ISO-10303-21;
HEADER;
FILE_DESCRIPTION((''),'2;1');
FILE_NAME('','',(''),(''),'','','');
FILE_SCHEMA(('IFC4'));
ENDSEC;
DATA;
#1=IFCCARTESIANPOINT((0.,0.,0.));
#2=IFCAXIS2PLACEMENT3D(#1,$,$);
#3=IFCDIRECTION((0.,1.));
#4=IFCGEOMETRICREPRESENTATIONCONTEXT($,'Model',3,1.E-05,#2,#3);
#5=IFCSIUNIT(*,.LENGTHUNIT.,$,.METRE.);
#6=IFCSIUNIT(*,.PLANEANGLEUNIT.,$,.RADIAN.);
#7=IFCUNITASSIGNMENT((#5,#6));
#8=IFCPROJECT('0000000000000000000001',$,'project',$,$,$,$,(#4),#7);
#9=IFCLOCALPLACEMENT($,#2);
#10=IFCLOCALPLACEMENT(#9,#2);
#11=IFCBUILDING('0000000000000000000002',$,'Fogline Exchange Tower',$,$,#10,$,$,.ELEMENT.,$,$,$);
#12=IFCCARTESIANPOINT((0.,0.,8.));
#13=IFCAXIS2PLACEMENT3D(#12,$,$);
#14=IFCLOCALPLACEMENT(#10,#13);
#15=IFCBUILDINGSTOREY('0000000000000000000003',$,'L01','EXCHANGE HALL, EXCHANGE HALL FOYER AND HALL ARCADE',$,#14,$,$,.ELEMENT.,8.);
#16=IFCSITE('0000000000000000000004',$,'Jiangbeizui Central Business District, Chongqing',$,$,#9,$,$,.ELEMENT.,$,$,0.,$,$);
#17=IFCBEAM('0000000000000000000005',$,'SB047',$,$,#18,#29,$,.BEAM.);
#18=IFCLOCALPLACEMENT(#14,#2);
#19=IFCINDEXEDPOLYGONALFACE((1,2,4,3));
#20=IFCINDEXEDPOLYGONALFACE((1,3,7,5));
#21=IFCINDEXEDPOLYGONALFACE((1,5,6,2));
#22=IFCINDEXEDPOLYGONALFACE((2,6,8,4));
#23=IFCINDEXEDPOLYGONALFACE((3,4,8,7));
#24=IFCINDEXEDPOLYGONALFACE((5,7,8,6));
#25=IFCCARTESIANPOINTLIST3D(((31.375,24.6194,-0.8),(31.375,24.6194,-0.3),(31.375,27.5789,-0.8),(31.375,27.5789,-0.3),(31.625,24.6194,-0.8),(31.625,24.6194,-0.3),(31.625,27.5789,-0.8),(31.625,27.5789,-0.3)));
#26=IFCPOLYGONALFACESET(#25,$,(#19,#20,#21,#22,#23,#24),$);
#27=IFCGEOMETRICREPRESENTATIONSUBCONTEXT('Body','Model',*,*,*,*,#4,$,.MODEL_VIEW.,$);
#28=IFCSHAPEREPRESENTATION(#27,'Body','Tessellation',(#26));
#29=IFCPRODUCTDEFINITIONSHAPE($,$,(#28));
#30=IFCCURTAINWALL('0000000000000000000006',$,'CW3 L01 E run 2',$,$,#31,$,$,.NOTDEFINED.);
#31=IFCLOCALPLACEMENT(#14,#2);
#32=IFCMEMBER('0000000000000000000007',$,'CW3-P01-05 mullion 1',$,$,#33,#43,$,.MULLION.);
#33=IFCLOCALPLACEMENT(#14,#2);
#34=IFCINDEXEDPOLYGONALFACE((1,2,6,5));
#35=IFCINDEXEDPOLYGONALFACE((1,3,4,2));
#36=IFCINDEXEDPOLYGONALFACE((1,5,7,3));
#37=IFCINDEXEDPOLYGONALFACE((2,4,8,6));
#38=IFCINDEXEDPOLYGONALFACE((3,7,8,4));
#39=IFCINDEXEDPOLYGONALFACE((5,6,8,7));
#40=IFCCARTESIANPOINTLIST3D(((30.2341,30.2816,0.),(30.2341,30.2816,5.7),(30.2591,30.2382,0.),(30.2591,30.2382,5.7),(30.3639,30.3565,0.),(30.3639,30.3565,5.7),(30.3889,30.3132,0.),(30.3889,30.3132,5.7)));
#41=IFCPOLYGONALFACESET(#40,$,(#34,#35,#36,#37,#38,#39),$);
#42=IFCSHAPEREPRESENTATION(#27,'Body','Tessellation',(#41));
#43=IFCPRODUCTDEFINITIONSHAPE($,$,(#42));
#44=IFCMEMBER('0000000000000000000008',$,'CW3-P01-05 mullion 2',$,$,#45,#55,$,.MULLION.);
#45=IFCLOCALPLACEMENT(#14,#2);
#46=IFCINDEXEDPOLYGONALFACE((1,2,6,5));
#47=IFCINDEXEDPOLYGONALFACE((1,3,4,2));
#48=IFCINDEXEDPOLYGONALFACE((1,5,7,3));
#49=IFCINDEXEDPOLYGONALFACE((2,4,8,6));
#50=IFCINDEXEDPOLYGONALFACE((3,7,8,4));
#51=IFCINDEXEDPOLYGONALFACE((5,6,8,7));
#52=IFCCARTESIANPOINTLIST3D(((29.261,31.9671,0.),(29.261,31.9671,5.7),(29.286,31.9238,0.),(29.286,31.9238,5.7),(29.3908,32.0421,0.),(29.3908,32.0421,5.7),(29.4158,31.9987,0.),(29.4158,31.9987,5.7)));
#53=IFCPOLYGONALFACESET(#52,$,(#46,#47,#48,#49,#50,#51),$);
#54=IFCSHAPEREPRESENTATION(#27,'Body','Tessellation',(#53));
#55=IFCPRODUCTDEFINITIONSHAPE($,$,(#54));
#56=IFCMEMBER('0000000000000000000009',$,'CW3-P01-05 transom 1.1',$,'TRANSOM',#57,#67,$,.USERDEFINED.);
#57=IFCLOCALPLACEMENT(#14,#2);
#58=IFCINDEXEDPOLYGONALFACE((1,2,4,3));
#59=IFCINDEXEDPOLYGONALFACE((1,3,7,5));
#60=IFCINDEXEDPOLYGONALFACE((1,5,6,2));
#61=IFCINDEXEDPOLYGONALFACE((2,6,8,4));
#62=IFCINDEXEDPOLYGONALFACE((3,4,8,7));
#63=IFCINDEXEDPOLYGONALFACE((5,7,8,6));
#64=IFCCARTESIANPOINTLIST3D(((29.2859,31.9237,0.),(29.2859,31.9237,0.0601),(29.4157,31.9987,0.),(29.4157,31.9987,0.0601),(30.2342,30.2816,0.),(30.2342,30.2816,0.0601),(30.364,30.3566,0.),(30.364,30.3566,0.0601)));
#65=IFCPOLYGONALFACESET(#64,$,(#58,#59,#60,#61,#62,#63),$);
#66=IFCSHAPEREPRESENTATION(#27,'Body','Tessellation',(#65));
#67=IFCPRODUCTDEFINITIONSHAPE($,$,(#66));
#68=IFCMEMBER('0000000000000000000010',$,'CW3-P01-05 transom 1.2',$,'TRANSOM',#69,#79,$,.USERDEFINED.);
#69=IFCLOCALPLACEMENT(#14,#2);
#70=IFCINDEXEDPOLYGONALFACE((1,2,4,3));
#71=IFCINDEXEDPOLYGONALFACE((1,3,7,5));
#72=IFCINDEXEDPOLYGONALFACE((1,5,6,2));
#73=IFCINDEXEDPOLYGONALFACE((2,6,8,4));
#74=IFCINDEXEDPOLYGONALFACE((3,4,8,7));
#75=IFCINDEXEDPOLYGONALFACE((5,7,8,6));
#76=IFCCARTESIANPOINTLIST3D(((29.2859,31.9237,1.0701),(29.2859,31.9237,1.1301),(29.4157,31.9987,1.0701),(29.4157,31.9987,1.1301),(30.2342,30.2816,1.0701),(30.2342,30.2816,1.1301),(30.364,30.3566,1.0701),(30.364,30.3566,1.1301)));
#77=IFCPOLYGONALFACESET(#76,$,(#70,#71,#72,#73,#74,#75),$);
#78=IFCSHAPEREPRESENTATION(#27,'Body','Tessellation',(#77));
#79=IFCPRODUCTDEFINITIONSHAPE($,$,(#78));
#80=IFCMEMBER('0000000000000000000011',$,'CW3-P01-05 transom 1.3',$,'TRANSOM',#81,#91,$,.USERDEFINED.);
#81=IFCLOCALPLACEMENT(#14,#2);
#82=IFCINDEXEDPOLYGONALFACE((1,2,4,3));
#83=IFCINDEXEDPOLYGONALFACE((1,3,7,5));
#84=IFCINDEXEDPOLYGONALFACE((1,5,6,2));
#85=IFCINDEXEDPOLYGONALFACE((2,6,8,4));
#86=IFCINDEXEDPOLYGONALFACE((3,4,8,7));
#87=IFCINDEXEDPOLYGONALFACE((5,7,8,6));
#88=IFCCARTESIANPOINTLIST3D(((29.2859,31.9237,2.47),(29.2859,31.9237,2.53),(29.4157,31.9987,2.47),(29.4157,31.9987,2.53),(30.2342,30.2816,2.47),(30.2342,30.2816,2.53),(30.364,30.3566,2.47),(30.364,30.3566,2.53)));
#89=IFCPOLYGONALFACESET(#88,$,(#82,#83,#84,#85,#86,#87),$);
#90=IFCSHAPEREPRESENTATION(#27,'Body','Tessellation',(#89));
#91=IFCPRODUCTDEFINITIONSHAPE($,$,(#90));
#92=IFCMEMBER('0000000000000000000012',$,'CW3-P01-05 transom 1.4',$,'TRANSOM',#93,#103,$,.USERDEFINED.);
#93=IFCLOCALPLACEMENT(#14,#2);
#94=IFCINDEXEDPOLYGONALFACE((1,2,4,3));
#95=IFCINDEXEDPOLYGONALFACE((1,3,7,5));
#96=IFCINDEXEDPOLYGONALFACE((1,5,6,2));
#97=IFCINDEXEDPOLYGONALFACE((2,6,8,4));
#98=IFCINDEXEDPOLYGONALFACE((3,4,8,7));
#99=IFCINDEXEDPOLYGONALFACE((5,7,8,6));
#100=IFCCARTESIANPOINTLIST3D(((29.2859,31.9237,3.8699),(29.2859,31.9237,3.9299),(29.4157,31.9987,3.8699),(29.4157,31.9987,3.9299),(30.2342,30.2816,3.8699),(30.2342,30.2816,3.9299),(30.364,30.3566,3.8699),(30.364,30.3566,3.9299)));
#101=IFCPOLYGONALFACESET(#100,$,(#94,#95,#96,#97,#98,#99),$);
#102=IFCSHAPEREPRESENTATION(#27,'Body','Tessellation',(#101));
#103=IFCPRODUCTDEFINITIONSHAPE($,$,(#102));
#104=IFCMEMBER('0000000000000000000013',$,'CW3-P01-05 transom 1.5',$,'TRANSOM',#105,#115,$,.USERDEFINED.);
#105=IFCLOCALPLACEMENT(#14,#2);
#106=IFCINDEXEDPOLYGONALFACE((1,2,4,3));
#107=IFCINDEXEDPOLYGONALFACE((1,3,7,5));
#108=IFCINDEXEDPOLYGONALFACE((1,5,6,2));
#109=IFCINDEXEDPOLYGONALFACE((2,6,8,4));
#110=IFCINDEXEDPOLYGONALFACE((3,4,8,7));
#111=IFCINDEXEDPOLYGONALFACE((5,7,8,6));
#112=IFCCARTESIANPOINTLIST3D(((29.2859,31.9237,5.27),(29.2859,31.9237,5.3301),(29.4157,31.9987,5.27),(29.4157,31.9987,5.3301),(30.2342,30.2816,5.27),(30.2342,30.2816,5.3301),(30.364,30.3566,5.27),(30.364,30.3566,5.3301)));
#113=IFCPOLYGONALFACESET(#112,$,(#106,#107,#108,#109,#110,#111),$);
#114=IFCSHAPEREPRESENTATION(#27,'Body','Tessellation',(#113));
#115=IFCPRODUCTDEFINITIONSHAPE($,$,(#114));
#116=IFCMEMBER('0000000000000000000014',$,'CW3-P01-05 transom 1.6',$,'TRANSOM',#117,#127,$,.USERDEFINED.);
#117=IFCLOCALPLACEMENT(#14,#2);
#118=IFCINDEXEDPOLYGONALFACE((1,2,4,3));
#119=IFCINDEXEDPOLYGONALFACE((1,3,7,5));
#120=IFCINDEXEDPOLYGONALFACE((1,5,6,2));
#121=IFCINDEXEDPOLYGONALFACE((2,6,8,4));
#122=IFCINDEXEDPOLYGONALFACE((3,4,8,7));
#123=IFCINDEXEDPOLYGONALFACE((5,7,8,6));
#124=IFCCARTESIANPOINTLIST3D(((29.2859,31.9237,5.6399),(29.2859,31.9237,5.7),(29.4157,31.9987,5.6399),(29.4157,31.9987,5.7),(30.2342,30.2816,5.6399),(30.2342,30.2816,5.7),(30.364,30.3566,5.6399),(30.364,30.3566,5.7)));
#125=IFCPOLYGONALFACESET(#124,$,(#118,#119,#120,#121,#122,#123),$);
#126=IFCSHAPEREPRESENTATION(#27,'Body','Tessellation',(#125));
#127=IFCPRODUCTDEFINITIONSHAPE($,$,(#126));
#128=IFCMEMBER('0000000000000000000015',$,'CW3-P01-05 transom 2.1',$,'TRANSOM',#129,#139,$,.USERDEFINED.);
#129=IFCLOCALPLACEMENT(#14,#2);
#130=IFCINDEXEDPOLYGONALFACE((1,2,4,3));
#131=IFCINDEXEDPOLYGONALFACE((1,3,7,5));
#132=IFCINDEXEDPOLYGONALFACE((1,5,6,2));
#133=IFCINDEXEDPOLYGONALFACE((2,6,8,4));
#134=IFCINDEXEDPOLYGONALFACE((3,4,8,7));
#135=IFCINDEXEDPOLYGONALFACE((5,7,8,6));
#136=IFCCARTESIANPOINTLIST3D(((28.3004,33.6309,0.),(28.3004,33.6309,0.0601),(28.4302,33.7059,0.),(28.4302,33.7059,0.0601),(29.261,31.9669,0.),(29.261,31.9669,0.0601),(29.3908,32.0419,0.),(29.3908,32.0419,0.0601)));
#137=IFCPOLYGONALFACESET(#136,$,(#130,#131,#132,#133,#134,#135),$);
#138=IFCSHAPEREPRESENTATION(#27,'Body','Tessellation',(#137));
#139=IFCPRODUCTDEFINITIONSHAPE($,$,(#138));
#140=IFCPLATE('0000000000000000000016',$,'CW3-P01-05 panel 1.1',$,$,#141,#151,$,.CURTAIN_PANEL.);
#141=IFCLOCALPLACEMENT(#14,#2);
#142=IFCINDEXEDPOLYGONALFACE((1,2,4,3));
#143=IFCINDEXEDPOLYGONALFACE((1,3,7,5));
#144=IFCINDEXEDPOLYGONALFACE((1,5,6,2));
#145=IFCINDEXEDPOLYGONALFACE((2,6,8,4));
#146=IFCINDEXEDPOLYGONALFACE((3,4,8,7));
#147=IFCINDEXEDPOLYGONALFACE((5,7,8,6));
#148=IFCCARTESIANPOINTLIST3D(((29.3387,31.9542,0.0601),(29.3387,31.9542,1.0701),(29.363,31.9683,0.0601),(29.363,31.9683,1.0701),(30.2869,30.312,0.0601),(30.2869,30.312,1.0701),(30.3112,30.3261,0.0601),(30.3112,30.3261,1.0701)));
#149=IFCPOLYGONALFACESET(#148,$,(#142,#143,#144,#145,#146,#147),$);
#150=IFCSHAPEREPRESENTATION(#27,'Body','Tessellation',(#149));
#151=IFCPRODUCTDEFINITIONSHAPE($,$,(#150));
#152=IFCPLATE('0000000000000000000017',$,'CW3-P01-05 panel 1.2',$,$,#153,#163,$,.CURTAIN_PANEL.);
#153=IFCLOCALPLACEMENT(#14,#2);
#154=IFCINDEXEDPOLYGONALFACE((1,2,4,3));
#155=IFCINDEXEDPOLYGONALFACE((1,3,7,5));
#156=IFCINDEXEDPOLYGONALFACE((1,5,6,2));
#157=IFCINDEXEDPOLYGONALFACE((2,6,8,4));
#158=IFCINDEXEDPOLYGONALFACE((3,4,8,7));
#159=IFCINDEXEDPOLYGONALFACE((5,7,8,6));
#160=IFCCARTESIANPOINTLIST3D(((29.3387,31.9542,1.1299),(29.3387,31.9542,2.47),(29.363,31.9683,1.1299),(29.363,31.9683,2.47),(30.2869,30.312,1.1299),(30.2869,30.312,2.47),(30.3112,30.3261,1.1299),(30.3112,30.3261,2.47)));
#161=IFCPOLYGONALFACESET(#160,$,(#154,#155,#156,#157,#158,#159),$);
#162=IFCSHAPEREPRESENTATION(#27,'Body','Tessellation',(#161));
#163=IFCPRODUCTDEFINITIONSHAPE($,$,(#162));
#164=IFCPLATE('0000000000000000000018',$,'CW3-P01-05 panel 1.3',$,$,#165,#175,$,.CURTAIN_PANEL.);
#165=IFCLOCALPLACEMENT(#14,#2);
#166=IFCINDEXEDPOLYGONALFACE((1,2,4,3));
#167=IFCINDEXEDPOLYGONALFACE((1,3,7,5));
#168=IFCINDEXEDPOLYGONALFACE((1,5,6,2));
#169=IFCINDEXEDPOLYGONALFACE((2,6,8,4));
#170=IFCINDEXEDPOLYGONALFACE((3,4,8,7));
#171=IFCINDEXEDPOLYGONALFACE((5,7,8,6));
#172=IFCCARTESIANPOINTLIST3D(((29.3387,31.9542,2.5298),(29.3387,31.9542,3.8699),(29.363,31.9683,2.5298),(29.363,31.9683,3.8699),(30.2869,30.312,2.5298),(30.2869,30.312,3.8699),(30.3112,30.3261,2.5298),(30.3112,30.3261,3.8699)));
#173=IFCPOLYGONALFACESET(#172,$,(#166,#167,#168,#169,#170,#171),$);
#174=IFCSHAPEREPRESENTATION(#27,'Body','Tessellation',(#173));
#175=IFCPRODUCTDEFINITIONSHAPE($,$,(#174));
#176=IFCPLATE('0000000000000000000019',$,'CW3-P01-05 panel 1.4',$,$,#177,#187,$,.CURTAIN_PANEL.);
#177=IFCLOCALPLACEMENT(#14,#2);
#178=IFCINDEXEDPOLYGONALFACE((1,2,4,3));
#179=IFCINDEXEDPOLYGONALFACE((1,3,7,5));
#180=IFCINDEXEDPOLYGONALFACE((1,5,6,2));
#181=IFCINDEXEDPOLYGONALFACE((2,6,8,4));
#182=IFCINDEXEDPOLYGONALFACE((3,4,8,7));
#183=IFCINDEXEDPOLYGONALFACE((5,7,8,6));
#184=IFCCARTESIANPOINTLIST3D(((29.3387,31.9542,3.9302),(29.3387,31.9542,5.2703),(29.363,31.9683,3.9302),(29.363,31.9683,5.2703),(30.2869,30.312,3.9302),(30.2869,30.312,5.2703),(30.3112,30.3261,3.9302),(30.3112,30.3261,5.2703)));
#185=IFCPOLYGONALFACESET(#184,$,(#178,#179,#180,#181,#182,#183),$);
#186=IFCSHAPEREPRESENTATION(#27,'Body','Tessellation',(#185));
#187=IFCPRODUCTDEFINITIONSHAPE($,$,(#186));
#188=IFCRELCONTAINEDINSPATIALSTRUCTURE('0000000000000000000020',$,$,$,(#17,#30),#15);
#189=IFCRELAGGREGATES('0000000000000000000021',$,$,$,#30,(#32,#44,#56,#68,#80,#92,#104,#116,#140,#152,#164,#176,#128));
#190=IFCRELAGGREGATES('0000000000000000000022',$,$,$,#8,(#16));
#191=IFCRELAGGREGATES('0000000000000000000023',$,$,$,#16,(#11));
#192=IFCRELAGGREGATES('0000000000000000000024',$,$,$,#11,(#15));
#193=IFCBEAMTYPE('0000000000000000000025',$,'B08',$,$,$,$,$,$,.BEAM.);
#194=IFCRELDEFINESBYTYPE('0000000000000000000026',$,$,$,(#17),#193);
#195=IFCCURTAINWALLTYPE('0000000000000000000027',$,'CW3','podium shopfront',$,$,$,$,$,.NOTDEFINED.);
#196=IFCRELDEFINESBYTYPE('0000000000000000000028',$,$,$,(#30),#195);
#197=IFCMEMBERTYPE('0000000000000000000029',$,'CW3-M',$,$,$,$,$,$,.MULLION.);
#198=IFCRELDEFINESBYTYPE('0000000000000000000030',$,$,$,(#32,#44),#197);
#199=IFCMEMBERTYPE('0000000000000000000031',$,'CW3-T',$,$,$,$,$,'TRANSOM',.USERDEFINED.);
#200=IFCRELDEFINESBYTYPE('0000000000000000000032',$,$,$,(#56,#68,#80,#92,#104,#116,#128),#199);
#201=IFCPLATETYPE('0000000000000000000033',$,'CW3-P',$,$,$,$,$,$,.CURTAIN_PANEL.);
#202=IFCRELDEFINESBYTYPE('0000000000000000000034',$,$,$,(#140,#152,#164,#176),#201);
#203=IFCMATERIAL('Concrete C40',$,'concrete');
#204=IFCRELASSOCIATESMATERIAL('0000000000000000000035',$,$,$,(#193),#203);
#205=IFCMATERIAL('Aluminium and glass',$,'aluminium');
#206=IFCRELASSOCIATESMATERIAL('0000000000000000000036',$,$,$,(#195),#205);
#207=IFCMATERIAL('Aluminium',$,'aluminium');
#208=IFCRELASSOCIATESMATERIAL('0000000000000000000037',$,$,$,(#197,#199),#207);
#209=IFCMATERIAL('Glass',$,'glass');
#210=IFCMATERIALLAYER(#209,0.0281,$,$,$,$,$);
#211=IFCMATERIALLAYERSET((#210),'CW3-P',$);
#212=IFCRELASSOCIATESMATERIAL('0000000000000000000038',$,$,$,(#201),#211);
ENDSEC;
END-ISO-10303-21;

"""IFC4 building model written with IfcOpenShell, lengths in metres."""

from ifc_helpers import new_model, si_unit, direction, frame, origin, origin_2d, place, context, subcontext, project, spatial, rectangle, extrude, material, layer, layer_set, material_profile, profile_set, type_object, element, aggregate, save


model = new_model("IFC4")

# Units and contexts
model_context = context("Model", 3, precision=1e-05, world=origin(), true_north=direction((0.0, 1.0)))
body_context = subcontext(model_context, "Body", "Model", "MODEL_VIEW")
ifc_project = project(units=[si_unit("LENGTHUNIT", "METRE"), si_unit("PLANEANGLEUNIT", "RADIAN")], contexts=[model_context])

# Site, building, storey
site_placement = place(None, origin())
site = spatial("IfcSite", under=ifc_project, at=site_placement, Name="Jiangbeizui Central Business District, Chongqing", CompositionType="ELEMENT", RefElevation=0.0)
building_placement = place(site_placement, origin())
building = spatial("IfcBuilding", under=site, at=building_placement, Name="Fogline Exchange Tower", CompositionType="ELEMENT")
storey_placement = place(building_placement, frame((0.0, 0.0, 8.0)))
storey = spatial("IfcBuildingStorey", under=building, at=storey_placement, Name="L01", Description="EXCHANGE HALL, EXCHANGE HALL FOYER AND HALL ARCADE", CompositionType="ELEMENT", Elevation=8.0)

# Beam
ifc_material_1 = material(Name="Concrete C40", Category="concrete")
ifc_material_profile_1 = material_profile(ifc_material_1, rectangle(XDim=0.25, YDim=0.5, at=origin_2d()), Name="RC 250x500")
ifc_profile_set_1 = profile_set([ifc_material_profile_1], Name="Concrete C40")
beam_type = type_object("IfcBeamType", Name="B08", PredefinedType="BEAM", material=ifc_profile_set_1)
beam_placement = place(storey_placement, frame((31.5, 24.6194, -0.55), z_axis=(0.0, 1.0, 0.0), x_axis=(-1.0, 0.0, 0.0)))
element("IfcBeam", 1, at=beam_placement, inside=storey, type_object=beam_type, Name="SB047", PredefinedType="BEAM", context=body_context, shape_type="SweptSolid", body=[
    extrude(rectangle(XDim=0.25, YDim=0.5, at=origin_2d()), origin(), (0.0, 0.0, 1.0), 2.9595),
])

# Curtain wall, members, plates
ifc_material_2 = material(Name="Aluminium and glass", Category="aluminium")
curtain_wall_type = type_object("IfcCurtainWallType", Name="CW3", Description="podium shopfront", PredefinedType="NOTDEFINED", material=ifc_material_2)
curtain_wall_placement = place(storey_placement, origin())
curtain_wall = element("IfcCurtainWall", 2, at=curtain_wall_placement, inside=storey, type_object=curtain_wall_type, Name="CW3 L01 E run 2", PredefinedType="NOTDEFINED")
ifc_material_3 = material(Name="Aluminium", Category="aluminium")
ifc_material_profile_2 = material_profile(ifc_material_3, rectangle(XDim=0.1499, YDim=0.05, at=origin_2d()), Name="Mullion 50x150")
ifc_profile_set_2 = profile_set([ifc_material_profile_2], Name="Aluminium")
member_type_1 = type_object("IfcMemberType", Name="CW3-M", PredefinedType="MULLION", material=ifc_profile_set_2)
member_1_placement = place(storey_placement, frame((30.3115, 30.2974, 0.0), z_axis=(0.0, 0.0, 1.0), x_axis=(-0.866025, -0.5, 0.0)))
member_1 = element("IfcMember", 3, at=member_1_placement, type_object=member_type_1, Name="CW3-P01-05 mullion 1", PredefinedType="MULLION", context=body_context, shape_type="SweptSolid", body=[
    extrude(rectangle(XDim=0.1499, YDim=0.05, at=origin_2d()), origin(), (0.0, 0.0, 1.0), 5.7),
])
member_2_placement = place(storey_placement, frame((29.3384, 31.9829, 0.0), z_axis=(0.0, 0.0, 1.0), x_axis=(-0.866025, -0.5, 0.0)))
member_2 = element("IfcMember", 4, at=member_2_placement, type_object=member_type_1, Name="CW3-P01-05 mullion 2", PredefinedType="MULLION", context=body_context, shape_type="SweptSolid", body=[
    extrude(rectangle(XDim=0.1499, YDim=0.05, at=origin_2d()), origin(), (0.0, 0.0, 1.0), 5.7),
])
ifc_material_profile_3 = material_profile(ifc_material_3, rectangle(XDim=0.1499, YDim=0.0601, at=origin_2d()), Name="Transom 60x150")
ifc_profile_set_3 = profile_set([ifc_material_profile_3], Name="Aluminium")
member_type_2 = type_object("IfcMemberType", Name="CW3-T", ElementType="TRANSOM", PredefinedType="USERDEFINED", material=ifc_profile_set_3)
member_3_placement = place(storey_placement, frame((30.2991, 30.3191, 0.03), z_axis=(-0.500072, 0.865984, 0.0), x_axis=(-0.865984, -0.500072, 0.0)))
member_3 = element("IfcMember", 5, at=member_3_placement, type_object=member_type_2, Name="CW3-P01-05 transom 1.1", ObjectType="TRANSOM", PredefinedType="USERDEFINED", context=body_context, shape_type="SweptSolid", body=[
    extrude(rectangle(XDim=0.1499, YDim=0.0601, at=origin_2d()), origin(), (0.0, 0.0, 1.0), 1.8962),
])
member_4_placement = place(storey_placement, frame((30.2991, 30.3191, 1.1001), z_axis=(-0.500072, 0.865984, 0.0), x_axis=(-0.865984, -0.500072, 0.0)))
member_4 = element("IfcMember", 6, at=member_4_placement, type_object=member_type_2, Name="CW3-P01-05 transom 1.2", ObjectType="TRANSOM", PredefinedType="USERDEFINED", context=body_context, shape_type="SweptSolid", body=[
    extrude(rectangle(XDim=0.1499, YDim=0.0601, at=origin_2d()), origin(), (0.0, 0.0, 1.0), 1.8962),
])
member_5_placement = place(storey_placement, frame((30.2991, 30.3191, 2.5), z_axis=(-0.500072, 0.865984, 0.0), x_axis=(-0.865984, -0.500072, 0.0)))
member_5 = element("IfcMember", 7, at=member_5_placement, type_object=member_type_2, Name="CW3-P01-05 transom 1.3", ObjectType="TRANSOM", PredefinedType="USERDEFINED", context=body_context, shape_type="SweptSolid", body=[
    extrude(rectangle(XDim=0.1499, YDim=0.0601, at=origin_2d()), origin(), (0.0, 0.0, 1.0), 1.8962),
])
member_6_placement = place(storey_placement, frame((30.2991, 30.3191, 3.8999), z_axis=(-0.500072, 0.865984, 0.0), x_axis=(-0.865984, -0.500072, 0.0)))
member_6 = element("IfcMember", 8, at=member_6_placement, type_object=member_type_2, Name="CW3-P01-05 transom 1.4", ObjectType="TRANSOM", PredefinedType="USERDEFINED", context=body_context, shape_type="SweptSolid", body=[
    extrude(rectangle(XDim=0.1499, YDim=0.0601, at=origin_2d()), origin(), (0.0, 0.0, 1.0), 1.8962),
])
member_7_placement = place(storey_placement, frame((30.2991, 30.3191, 5.3), z_axis=(-0.500072, 0.865984, 0.0), x_axis=(-0.865984, -0.500072, 0.0)))
member_7 = element("IfcMember", 9, at=member_7_placement, type_object=member_type_2, Name="CW3-P01-05 transom 1.5", ObjectType="TRANSOM", PredefinedType="USERDEFINED", context=body_context, shape_type="SweptSolid", body=[
    extrude(rectangle(XDim=0.1499, YDim=0.0601, at=origin_2d()), origin(), (0.0, 0.0, 1.0), 1.8962),
])
member_8_placement = place(storey_placement, frame((30.2991, 30.3191, 5.6699), z_axis=(-0.500072, 0.865984, 0.0), x_axis=(-0.865984, -0.500072, 0.0)))
member_8 = element("IfcMember", 10, at=member_8_placement, type_object=member_type_2, Name="CW3-P01-05 transom 1.6", ObjectType="TRANSOM", PredefinedType="USERDEFINED", context=body_context, shape_type="SweptSolid", body=[
    extrude(rectangle(XDim=0.1499, YDim=0.0601, at=origin_2d()), origin(), (0.0, 0.0, 1.0), 1.8962),
])
member_9_placement = place(storey_placement, frame((29.3259, 32.0044, 0.03), z_axis=(-0.499979, 0.866037, 0.0), x_axis=(-0.866037, -0.499979, 0.0)))
member_9 = element("IfcMember", 11, at=member_9_placement, type_object=member_type_2, Name="CW3-P01-05 transom 2.1", ObjectType="TRANSOM", PredefinedType="USERDEFINED", context=body_context, shape_type="SweptSolid", body=[
    extrude(rectangle(XDim=0.1499, YDim=0.0601, at=origin_2d()), origin(), (0.0, 0.0, 1.0), 1.9214),
])
ifc_material_4 = material(Name="Glass", Category="glass")
ifc_layer_1 = layer(ifc_material_4, 0.0281)
ifc_layer_set_1 = layer_set([ifc_layer_1], Name="CW3-P")
plate_type = type_object("IfcPlateType", Name="CW3-P", PredefinedType="CURTAIN_PANEL", material=ifc_layer_set_1)
plate_1_placement = place(storey_placement, frame((29.825, 31.1401, 0.0601), z_axis=(0.0, 0.0, 1.0), x_axis=(-0.5, 0.866025, 0.0)))
plate_1 = element("IfcPlate", 12, at=plate_1_placement, type_object=plate_type, Name="CW3-P01-05 panel 1.1", PredefinedType="CURTAIN_PANEL", context=body_context, shape_type="SweptSolid", body=[
    extrude(rectangle(XDim=1.8962, YDim=0.0281, at=origin_2d()), origin(), (0.0, 0.0, 1.0), 1.01),
])
plate_2_placement = place(storey_placement, frame((29.825, 31.1401, 1.1299), z_axis=(0.0, 0.0, 1.0), x_axis=(-0.5, 0.866025, 0.0)))
plate_2 = element("IfcPlate", 13, at=plate_2_placement, type_object=plate_type, Name="CW3-P01-05 panel 1.2", PredefinedType="CURTAIN_PANEL", context=body_context, shape_type="SweptSolid", body=[
    extrude(rectangle(XDim=1.8962, YDim=0.0281, at=origin_2d()), origin(), (0.0, 0.0, 1.0), 1.3401),
])
plate_3_placement = place(storey_placement, frame((29.825, 31.1401, 2.5298), z_axis=(0.0, 0.0, 1.0), x_axis=(-0.5, 0.866025, 0.0)))
plate_3 = element("IfcPlate", 14, at=plate_3_placement, type_object=plate_type, Name="CW3-P01-05 panel 1.3", PredefinedType="CURTAIN_PANEL", context=body_context, shape_type="SweptSolid", body=[
    extrude(rectangle(XDim=1.8962, YDim=0.0281, at=origin_2d()), origin(), (0.0, 0.0, 1.0), 1.3401),
])
plate_4_placement = place(storey_placement, frame((29.825, 31.1401, 3.9302), z_axis=(0.0, 0.0, 1.0), x_axis=(-0.5, 0.866025, 0.0)))
plate_4 = element("IfcPlate", 15, at=plate_4_placement, type_object=plate_type, Name="CW3-P01-05 panel 1.4", PredefinedType="CURTAIN_PANEL", context=body_context, shape_type="SweptSolid", body=[
    extrude(rectangle(XDim=1.8962, YDim=0.0281, at=origin_2d()), origin(), (0.0, 0.0, 1.0), 1.3401),
])
aggregate(curtain_wall, [member_1, member_2, member_3, member_4, member_5, member_6, member_7, member_8, plate_1, plate_2, plate_3, plate_4, member_9])

save(model, "model.ifc")
